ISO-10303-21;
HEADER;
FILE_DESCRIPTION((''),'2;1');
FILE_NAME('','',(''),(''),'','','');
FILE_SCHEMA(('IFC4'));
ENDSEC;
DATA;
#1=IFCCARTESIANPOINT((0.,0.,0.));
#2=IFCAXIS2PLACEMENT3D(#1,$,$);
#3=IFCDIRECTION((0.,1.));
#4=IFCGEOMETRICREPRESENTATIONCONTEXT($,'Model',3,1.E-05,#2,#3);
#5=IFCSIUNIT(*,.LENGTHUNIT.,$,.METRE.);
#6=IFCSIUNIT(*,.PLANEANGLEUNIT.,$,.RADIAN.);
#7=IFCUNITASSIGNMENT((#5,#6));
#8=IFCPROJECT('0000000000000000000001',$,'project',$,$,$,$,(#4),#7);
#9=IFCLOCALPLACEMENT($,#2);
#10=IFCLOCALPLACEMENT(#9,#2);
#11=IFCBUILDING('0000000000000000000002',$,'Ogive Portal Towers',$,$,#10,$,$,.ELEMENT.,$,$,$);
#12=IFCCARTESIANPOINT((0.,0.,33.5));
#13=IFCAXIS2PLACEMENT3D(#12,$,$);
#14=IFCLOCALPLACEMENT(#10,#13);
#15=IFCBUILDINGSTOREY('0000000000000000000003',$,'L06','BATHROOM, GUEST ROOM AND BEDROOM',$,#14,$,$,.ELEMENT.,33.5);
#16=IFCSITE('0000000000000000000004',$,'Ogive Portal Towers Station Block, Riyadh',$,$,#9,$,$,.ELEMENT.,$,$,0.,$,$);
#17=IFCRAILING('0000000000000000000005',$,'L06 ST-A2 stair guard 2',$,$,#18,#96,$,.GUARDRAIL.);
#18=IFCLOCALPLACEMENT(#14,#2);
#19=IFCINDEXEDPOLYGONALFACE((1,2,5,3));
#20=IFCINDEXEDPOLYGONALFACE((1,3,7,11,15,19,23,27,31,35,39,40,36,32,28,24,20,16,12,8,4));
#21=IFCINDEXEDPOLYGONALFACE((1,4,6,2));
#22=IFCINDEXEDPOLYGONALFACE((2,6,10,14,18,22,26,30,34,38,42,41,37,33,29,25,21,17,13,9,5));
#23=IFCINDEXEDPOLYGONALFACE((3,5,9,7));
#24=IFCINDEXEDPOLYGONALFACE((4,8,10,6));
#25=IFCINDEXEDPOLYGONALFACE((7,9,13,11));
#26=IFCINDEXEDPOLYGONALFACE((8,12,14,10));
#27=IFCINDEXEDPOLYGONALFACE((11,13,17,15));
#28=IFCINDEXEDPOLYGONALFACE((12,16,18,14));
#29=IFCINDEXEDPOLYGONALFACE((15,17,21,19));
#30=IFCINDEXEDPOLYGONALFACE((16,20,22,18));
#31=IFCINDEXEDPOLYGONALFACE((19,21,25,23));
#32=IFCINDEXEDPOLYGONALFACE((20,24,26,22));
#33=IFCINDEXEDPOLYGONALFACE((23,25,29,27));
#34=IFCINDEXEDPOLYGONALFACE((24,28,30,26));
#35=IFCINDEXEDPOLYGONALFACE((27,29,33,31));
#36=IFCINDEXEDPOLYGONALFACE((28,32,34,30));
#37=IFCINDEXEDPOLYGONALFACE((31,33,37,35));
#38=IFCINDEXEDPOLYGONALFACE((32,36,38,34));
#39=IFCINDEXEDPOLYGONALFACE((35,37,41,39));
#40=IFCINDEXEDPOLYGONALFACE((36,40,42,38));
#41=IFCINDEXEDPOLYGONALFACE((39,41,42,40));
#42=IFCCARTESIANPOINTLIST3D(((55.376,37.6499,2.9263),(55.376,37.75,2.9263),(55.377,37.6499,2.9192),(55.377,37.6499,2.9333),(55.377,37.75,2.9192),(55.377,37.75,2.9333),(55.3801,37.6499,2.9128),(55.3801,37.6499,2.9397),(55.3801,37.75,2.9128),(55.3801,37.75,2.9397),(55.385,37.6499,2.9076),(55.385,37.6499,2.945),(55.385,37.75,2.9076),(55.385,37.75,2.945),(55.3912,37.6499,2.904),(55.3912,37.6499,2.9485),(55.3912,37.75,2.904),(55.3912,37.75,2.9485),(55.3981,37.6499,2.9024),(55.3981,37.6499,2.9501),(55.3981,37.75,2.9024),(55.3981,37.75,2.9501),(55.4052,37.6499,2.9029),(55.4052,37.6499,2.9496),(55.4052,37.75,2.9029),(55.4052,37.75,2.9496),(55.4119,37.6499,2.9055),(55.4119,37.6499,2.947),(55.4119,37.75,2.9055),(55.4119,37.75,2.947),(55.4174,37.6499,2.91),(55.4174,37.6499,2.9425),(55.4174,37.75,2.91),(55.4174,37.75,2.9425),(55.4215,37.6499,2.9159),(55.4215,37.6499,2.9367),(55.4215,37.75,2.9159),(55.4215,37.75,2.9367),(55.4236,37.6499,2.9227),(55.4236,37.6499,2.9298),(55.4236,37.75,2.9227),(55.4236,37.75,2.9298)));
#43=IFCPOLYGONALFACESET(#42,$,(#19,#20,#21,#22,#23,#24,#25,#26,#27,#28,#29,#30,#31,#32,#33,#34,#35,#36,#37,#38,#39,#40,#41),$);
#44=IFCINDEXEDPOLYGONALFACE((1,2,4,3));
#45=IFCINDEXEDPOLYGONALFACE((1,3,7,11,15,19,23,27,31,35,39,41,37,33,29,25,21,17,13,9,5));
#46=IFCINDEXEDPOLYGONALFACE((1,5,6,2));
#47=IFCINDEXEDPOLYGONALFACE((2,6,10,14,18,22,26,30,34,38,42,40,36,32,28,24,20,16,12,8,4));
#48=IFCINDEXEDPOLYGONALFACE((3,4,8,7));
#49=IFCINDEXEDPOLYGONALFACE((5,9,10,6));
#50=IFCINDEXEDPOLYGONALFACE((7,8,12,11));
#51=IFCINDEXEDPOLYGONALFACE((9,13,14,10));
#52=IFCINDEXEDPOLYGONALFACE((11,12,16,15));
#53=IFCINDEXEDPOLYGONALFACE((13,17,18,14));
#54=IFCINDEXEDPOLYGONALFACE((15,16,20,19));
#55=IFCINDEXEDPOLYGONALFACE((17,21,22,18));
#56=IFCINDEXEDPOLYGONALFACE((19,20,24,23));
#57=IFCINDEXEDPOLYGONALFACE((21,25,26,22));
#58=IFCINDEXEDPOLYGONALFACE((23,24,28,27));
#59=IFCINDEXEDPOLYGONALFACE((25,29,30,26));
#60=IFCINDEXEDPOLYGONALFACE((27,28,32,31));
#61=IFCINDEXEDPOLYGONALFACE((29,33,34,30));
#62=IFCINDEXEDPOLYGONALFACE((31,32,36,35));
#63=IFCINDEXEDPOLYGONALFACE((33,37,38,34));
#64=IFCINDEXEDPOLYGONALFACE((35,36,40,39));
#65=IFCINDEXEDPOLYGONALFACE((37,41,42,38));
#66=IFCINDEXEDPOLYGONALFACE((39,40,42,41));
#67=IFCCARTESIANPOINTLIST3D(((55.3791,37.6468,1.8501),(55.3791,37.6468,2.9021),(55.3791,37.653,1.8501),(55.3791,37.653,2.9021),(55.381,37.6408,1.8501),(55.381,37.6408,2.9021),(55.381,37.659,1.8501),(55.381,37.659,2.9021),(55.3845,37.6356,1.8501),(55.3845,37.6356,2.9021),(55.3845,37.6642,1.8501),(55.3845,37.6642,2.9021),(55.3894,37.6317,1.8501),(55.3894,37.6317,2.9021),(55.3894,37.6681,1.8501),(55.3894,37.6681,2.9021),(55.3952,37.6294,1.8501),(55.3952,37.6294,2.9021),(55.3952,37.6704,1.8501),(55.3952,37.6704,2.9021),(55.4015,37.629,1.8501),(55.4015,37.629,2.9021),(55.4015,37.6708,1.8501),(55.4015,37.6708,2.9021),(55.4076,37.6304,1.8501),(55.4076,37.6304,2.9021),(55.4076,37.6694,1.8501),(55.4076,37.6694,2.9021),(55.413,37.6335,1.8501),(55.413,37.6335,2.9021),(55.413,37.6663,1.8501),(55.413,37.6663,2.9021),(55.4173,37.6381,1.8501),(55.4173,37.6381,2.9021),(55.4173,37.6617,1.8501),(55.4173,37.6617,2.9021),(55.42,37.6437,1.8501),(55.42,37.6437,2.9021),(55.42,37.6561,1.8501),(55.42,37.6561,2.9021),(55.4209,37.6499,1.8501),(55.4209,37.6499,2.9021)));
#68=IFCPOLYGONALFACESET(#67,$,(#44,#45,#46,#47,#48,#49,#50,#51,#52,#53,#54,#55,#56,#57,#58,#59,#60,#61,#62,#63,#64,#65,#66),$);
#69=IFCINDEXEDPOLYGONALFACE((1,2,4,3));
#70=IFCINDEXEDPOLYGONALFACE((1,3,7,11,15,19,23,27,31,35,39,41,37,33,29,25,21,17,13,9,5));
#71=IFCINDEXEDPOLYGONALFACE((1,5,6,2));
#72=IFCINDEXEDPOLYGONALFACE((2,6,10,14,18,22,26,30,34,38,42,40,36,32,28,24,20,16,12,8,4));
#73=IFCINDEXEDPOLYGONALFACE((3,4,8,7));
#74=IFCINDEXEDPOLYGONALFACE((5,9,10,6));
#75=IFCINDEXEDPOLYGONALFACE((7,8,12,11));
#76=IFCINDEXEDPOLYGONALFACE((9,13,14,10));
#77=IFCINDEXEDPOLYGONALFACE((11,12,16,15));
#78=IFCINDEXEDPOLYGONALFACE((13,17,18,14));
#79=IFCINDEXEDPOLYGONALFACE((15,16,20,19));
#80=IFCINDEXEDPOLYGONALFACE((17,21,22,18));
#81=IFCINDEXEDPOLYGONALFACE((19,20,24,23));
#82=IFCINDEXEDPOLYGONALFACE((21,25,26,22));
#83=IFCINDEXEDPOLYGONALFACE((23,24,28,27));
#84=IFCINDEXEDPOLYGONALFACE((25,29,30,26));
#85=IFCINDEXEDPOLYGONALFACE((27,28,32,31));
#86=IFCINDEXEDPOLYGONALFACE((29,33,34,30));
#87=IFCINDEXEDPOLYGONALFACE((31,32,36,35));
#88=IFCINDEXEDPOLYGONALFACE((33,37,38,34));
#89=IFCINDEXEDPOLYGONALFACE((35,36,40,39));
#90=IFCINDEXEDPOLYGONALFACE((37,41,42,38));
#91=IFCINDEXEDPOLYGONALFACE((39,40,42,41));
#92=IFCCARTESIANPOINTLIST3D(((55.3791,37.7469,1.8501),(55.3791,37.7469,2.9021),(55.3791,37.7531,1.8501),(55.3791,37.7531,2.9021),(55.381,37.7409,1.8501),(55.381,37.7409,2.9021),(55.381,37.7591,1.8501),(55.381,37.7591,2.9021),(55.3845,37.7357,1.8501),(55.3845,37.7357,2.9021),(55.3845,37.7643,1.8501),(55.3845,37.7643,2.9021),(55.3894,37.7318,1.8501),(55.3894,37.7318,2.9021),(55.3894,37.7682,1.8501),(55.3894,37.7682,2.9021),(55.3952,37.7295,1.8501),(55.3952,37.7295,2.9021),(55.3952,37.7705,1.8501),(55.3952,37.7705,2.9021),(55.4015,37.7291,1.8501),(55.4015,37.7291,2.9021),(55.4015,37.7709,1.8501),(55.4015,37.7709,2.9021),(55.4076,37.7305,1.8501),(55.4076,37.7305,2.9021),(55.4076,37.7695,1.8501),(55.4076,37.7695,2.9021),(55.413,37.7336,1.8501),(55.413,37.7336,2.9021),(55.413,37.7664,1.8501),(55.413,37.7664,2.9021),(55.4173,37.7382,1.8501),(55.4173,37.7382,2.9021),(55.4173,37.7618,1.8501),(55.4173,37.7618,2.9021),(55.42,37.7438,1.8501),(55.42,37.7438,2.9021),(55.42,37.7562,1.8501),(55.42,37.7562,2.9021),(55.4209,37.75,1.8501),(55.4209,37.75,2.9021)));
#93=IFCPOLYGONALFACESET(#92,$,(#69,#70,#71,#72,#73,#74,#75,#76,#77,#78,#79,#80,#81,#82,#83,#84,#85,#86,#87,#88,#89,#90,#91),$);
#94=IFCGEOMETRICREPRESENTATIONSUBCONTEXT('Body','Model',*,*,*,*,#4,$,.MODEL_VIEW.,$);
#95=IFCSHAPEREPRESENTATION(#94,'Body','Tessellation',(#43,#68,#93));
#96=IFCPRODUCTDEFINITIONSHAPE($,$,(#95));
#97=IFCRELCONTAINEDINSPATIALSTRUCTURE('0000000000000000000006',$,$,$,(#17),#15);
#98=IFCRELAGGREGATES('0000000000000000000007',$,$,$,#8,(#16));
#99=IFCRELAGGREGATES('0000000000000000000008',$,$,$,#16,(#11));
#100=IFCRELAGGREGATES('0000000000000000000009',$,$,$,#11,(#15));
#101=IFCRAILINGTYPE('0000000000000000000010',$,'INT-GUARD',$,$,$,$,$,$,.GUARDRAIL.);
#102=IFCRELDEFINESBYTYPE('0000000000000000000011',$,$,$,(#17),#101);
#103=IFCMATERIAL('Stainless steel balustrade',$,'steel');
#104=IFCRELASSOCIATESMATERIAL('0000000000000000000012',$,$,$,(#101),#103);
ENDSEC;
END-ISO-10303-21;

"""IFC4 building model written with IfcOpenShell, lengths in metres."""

from ifc_helpers import new_model, si_unit, direction, frame, origin, origin_2d, place, context, subcontext, project, spatial, circle, extrude, material, type_object, element, save


model = new_model("IFC4")

# Units and contexts
model_context = context("Model", 3, precision=1e-05, world=origin(), true_north=direction((0.0, 1.0)))
body_context = subcontext(model_context, "Body", "Model", "MODEL_VIEW")
ifc_project = project(units=[si_unit("LENGTHUNIT", "METRE"), si_unit("PLANEANGLEUNIT", "RADIAN")], contexts=[model_context])

# Site, building, storey
site_placement = place(None, origin())
site = spatial("IfcSite", under=ifc_project, at=site_placement, Name="Ogive Portal Towers Station Block, Riyadh", CompositionType="ELEMENT", RefElevation=0.0)
building_placement = place(site_placement, origin())
building = spatial("IfcBuilding", under=site, at=building_placement, Name="Ogive Portal Towers", CompositionType="ELEMENT")
storey_placement = place(building_placement, frame((0.0, 0.0, 33.5)))
storey = spatial("IfcBuildingStorey", under=building, at=storey_placement, Name="L06", Description="BATHROOM, GUEST ROOM AND BEDROOM", CompositionType="ELEMENT", Elevation=33.5)

# Railing
ifc_material_1 = material(Name="Stainless steel balustrade", Category="steel")
railing_type_1 = type_object("IfcRailingType", Name="INT-GUARD", PredefinedType="GUARDRAIL", material=ifc_material_1)
railing_1_placement = place(storey_placement, frame((55.3999, 37.6499, 1.8501)))
element("IfcRailing", 1, at=railing_1_placement, inside=storey, type_object=railing_type_1, Name="L06 ST-A2 stair guard 2", PredefinedType="GUARDRAIL", context=body_context, shape_type="SweptSolid", body=[
    extrude(circle(Radius=0.0239, at=origin_2d()), frame((0.0, 0.0, 1.0762), z_axis=(0.0, 1.0, 0.0), x_axis=(-1.0, 0.0, 0.0)), (0.0, 0.0, 1.0), 0.1001),
    extrude(circle(Radius=0.021, at=origin_2d()), origin(), (0.0, 0.0, 1.0), 1.052),
    extrude(circle(Radius=0.021, at=origin_2d()), frame((0.0, 0.1001, 0.0)), (0.0, 0.0, 1.0), 1.052),
])

save(model, "model.ifc")
